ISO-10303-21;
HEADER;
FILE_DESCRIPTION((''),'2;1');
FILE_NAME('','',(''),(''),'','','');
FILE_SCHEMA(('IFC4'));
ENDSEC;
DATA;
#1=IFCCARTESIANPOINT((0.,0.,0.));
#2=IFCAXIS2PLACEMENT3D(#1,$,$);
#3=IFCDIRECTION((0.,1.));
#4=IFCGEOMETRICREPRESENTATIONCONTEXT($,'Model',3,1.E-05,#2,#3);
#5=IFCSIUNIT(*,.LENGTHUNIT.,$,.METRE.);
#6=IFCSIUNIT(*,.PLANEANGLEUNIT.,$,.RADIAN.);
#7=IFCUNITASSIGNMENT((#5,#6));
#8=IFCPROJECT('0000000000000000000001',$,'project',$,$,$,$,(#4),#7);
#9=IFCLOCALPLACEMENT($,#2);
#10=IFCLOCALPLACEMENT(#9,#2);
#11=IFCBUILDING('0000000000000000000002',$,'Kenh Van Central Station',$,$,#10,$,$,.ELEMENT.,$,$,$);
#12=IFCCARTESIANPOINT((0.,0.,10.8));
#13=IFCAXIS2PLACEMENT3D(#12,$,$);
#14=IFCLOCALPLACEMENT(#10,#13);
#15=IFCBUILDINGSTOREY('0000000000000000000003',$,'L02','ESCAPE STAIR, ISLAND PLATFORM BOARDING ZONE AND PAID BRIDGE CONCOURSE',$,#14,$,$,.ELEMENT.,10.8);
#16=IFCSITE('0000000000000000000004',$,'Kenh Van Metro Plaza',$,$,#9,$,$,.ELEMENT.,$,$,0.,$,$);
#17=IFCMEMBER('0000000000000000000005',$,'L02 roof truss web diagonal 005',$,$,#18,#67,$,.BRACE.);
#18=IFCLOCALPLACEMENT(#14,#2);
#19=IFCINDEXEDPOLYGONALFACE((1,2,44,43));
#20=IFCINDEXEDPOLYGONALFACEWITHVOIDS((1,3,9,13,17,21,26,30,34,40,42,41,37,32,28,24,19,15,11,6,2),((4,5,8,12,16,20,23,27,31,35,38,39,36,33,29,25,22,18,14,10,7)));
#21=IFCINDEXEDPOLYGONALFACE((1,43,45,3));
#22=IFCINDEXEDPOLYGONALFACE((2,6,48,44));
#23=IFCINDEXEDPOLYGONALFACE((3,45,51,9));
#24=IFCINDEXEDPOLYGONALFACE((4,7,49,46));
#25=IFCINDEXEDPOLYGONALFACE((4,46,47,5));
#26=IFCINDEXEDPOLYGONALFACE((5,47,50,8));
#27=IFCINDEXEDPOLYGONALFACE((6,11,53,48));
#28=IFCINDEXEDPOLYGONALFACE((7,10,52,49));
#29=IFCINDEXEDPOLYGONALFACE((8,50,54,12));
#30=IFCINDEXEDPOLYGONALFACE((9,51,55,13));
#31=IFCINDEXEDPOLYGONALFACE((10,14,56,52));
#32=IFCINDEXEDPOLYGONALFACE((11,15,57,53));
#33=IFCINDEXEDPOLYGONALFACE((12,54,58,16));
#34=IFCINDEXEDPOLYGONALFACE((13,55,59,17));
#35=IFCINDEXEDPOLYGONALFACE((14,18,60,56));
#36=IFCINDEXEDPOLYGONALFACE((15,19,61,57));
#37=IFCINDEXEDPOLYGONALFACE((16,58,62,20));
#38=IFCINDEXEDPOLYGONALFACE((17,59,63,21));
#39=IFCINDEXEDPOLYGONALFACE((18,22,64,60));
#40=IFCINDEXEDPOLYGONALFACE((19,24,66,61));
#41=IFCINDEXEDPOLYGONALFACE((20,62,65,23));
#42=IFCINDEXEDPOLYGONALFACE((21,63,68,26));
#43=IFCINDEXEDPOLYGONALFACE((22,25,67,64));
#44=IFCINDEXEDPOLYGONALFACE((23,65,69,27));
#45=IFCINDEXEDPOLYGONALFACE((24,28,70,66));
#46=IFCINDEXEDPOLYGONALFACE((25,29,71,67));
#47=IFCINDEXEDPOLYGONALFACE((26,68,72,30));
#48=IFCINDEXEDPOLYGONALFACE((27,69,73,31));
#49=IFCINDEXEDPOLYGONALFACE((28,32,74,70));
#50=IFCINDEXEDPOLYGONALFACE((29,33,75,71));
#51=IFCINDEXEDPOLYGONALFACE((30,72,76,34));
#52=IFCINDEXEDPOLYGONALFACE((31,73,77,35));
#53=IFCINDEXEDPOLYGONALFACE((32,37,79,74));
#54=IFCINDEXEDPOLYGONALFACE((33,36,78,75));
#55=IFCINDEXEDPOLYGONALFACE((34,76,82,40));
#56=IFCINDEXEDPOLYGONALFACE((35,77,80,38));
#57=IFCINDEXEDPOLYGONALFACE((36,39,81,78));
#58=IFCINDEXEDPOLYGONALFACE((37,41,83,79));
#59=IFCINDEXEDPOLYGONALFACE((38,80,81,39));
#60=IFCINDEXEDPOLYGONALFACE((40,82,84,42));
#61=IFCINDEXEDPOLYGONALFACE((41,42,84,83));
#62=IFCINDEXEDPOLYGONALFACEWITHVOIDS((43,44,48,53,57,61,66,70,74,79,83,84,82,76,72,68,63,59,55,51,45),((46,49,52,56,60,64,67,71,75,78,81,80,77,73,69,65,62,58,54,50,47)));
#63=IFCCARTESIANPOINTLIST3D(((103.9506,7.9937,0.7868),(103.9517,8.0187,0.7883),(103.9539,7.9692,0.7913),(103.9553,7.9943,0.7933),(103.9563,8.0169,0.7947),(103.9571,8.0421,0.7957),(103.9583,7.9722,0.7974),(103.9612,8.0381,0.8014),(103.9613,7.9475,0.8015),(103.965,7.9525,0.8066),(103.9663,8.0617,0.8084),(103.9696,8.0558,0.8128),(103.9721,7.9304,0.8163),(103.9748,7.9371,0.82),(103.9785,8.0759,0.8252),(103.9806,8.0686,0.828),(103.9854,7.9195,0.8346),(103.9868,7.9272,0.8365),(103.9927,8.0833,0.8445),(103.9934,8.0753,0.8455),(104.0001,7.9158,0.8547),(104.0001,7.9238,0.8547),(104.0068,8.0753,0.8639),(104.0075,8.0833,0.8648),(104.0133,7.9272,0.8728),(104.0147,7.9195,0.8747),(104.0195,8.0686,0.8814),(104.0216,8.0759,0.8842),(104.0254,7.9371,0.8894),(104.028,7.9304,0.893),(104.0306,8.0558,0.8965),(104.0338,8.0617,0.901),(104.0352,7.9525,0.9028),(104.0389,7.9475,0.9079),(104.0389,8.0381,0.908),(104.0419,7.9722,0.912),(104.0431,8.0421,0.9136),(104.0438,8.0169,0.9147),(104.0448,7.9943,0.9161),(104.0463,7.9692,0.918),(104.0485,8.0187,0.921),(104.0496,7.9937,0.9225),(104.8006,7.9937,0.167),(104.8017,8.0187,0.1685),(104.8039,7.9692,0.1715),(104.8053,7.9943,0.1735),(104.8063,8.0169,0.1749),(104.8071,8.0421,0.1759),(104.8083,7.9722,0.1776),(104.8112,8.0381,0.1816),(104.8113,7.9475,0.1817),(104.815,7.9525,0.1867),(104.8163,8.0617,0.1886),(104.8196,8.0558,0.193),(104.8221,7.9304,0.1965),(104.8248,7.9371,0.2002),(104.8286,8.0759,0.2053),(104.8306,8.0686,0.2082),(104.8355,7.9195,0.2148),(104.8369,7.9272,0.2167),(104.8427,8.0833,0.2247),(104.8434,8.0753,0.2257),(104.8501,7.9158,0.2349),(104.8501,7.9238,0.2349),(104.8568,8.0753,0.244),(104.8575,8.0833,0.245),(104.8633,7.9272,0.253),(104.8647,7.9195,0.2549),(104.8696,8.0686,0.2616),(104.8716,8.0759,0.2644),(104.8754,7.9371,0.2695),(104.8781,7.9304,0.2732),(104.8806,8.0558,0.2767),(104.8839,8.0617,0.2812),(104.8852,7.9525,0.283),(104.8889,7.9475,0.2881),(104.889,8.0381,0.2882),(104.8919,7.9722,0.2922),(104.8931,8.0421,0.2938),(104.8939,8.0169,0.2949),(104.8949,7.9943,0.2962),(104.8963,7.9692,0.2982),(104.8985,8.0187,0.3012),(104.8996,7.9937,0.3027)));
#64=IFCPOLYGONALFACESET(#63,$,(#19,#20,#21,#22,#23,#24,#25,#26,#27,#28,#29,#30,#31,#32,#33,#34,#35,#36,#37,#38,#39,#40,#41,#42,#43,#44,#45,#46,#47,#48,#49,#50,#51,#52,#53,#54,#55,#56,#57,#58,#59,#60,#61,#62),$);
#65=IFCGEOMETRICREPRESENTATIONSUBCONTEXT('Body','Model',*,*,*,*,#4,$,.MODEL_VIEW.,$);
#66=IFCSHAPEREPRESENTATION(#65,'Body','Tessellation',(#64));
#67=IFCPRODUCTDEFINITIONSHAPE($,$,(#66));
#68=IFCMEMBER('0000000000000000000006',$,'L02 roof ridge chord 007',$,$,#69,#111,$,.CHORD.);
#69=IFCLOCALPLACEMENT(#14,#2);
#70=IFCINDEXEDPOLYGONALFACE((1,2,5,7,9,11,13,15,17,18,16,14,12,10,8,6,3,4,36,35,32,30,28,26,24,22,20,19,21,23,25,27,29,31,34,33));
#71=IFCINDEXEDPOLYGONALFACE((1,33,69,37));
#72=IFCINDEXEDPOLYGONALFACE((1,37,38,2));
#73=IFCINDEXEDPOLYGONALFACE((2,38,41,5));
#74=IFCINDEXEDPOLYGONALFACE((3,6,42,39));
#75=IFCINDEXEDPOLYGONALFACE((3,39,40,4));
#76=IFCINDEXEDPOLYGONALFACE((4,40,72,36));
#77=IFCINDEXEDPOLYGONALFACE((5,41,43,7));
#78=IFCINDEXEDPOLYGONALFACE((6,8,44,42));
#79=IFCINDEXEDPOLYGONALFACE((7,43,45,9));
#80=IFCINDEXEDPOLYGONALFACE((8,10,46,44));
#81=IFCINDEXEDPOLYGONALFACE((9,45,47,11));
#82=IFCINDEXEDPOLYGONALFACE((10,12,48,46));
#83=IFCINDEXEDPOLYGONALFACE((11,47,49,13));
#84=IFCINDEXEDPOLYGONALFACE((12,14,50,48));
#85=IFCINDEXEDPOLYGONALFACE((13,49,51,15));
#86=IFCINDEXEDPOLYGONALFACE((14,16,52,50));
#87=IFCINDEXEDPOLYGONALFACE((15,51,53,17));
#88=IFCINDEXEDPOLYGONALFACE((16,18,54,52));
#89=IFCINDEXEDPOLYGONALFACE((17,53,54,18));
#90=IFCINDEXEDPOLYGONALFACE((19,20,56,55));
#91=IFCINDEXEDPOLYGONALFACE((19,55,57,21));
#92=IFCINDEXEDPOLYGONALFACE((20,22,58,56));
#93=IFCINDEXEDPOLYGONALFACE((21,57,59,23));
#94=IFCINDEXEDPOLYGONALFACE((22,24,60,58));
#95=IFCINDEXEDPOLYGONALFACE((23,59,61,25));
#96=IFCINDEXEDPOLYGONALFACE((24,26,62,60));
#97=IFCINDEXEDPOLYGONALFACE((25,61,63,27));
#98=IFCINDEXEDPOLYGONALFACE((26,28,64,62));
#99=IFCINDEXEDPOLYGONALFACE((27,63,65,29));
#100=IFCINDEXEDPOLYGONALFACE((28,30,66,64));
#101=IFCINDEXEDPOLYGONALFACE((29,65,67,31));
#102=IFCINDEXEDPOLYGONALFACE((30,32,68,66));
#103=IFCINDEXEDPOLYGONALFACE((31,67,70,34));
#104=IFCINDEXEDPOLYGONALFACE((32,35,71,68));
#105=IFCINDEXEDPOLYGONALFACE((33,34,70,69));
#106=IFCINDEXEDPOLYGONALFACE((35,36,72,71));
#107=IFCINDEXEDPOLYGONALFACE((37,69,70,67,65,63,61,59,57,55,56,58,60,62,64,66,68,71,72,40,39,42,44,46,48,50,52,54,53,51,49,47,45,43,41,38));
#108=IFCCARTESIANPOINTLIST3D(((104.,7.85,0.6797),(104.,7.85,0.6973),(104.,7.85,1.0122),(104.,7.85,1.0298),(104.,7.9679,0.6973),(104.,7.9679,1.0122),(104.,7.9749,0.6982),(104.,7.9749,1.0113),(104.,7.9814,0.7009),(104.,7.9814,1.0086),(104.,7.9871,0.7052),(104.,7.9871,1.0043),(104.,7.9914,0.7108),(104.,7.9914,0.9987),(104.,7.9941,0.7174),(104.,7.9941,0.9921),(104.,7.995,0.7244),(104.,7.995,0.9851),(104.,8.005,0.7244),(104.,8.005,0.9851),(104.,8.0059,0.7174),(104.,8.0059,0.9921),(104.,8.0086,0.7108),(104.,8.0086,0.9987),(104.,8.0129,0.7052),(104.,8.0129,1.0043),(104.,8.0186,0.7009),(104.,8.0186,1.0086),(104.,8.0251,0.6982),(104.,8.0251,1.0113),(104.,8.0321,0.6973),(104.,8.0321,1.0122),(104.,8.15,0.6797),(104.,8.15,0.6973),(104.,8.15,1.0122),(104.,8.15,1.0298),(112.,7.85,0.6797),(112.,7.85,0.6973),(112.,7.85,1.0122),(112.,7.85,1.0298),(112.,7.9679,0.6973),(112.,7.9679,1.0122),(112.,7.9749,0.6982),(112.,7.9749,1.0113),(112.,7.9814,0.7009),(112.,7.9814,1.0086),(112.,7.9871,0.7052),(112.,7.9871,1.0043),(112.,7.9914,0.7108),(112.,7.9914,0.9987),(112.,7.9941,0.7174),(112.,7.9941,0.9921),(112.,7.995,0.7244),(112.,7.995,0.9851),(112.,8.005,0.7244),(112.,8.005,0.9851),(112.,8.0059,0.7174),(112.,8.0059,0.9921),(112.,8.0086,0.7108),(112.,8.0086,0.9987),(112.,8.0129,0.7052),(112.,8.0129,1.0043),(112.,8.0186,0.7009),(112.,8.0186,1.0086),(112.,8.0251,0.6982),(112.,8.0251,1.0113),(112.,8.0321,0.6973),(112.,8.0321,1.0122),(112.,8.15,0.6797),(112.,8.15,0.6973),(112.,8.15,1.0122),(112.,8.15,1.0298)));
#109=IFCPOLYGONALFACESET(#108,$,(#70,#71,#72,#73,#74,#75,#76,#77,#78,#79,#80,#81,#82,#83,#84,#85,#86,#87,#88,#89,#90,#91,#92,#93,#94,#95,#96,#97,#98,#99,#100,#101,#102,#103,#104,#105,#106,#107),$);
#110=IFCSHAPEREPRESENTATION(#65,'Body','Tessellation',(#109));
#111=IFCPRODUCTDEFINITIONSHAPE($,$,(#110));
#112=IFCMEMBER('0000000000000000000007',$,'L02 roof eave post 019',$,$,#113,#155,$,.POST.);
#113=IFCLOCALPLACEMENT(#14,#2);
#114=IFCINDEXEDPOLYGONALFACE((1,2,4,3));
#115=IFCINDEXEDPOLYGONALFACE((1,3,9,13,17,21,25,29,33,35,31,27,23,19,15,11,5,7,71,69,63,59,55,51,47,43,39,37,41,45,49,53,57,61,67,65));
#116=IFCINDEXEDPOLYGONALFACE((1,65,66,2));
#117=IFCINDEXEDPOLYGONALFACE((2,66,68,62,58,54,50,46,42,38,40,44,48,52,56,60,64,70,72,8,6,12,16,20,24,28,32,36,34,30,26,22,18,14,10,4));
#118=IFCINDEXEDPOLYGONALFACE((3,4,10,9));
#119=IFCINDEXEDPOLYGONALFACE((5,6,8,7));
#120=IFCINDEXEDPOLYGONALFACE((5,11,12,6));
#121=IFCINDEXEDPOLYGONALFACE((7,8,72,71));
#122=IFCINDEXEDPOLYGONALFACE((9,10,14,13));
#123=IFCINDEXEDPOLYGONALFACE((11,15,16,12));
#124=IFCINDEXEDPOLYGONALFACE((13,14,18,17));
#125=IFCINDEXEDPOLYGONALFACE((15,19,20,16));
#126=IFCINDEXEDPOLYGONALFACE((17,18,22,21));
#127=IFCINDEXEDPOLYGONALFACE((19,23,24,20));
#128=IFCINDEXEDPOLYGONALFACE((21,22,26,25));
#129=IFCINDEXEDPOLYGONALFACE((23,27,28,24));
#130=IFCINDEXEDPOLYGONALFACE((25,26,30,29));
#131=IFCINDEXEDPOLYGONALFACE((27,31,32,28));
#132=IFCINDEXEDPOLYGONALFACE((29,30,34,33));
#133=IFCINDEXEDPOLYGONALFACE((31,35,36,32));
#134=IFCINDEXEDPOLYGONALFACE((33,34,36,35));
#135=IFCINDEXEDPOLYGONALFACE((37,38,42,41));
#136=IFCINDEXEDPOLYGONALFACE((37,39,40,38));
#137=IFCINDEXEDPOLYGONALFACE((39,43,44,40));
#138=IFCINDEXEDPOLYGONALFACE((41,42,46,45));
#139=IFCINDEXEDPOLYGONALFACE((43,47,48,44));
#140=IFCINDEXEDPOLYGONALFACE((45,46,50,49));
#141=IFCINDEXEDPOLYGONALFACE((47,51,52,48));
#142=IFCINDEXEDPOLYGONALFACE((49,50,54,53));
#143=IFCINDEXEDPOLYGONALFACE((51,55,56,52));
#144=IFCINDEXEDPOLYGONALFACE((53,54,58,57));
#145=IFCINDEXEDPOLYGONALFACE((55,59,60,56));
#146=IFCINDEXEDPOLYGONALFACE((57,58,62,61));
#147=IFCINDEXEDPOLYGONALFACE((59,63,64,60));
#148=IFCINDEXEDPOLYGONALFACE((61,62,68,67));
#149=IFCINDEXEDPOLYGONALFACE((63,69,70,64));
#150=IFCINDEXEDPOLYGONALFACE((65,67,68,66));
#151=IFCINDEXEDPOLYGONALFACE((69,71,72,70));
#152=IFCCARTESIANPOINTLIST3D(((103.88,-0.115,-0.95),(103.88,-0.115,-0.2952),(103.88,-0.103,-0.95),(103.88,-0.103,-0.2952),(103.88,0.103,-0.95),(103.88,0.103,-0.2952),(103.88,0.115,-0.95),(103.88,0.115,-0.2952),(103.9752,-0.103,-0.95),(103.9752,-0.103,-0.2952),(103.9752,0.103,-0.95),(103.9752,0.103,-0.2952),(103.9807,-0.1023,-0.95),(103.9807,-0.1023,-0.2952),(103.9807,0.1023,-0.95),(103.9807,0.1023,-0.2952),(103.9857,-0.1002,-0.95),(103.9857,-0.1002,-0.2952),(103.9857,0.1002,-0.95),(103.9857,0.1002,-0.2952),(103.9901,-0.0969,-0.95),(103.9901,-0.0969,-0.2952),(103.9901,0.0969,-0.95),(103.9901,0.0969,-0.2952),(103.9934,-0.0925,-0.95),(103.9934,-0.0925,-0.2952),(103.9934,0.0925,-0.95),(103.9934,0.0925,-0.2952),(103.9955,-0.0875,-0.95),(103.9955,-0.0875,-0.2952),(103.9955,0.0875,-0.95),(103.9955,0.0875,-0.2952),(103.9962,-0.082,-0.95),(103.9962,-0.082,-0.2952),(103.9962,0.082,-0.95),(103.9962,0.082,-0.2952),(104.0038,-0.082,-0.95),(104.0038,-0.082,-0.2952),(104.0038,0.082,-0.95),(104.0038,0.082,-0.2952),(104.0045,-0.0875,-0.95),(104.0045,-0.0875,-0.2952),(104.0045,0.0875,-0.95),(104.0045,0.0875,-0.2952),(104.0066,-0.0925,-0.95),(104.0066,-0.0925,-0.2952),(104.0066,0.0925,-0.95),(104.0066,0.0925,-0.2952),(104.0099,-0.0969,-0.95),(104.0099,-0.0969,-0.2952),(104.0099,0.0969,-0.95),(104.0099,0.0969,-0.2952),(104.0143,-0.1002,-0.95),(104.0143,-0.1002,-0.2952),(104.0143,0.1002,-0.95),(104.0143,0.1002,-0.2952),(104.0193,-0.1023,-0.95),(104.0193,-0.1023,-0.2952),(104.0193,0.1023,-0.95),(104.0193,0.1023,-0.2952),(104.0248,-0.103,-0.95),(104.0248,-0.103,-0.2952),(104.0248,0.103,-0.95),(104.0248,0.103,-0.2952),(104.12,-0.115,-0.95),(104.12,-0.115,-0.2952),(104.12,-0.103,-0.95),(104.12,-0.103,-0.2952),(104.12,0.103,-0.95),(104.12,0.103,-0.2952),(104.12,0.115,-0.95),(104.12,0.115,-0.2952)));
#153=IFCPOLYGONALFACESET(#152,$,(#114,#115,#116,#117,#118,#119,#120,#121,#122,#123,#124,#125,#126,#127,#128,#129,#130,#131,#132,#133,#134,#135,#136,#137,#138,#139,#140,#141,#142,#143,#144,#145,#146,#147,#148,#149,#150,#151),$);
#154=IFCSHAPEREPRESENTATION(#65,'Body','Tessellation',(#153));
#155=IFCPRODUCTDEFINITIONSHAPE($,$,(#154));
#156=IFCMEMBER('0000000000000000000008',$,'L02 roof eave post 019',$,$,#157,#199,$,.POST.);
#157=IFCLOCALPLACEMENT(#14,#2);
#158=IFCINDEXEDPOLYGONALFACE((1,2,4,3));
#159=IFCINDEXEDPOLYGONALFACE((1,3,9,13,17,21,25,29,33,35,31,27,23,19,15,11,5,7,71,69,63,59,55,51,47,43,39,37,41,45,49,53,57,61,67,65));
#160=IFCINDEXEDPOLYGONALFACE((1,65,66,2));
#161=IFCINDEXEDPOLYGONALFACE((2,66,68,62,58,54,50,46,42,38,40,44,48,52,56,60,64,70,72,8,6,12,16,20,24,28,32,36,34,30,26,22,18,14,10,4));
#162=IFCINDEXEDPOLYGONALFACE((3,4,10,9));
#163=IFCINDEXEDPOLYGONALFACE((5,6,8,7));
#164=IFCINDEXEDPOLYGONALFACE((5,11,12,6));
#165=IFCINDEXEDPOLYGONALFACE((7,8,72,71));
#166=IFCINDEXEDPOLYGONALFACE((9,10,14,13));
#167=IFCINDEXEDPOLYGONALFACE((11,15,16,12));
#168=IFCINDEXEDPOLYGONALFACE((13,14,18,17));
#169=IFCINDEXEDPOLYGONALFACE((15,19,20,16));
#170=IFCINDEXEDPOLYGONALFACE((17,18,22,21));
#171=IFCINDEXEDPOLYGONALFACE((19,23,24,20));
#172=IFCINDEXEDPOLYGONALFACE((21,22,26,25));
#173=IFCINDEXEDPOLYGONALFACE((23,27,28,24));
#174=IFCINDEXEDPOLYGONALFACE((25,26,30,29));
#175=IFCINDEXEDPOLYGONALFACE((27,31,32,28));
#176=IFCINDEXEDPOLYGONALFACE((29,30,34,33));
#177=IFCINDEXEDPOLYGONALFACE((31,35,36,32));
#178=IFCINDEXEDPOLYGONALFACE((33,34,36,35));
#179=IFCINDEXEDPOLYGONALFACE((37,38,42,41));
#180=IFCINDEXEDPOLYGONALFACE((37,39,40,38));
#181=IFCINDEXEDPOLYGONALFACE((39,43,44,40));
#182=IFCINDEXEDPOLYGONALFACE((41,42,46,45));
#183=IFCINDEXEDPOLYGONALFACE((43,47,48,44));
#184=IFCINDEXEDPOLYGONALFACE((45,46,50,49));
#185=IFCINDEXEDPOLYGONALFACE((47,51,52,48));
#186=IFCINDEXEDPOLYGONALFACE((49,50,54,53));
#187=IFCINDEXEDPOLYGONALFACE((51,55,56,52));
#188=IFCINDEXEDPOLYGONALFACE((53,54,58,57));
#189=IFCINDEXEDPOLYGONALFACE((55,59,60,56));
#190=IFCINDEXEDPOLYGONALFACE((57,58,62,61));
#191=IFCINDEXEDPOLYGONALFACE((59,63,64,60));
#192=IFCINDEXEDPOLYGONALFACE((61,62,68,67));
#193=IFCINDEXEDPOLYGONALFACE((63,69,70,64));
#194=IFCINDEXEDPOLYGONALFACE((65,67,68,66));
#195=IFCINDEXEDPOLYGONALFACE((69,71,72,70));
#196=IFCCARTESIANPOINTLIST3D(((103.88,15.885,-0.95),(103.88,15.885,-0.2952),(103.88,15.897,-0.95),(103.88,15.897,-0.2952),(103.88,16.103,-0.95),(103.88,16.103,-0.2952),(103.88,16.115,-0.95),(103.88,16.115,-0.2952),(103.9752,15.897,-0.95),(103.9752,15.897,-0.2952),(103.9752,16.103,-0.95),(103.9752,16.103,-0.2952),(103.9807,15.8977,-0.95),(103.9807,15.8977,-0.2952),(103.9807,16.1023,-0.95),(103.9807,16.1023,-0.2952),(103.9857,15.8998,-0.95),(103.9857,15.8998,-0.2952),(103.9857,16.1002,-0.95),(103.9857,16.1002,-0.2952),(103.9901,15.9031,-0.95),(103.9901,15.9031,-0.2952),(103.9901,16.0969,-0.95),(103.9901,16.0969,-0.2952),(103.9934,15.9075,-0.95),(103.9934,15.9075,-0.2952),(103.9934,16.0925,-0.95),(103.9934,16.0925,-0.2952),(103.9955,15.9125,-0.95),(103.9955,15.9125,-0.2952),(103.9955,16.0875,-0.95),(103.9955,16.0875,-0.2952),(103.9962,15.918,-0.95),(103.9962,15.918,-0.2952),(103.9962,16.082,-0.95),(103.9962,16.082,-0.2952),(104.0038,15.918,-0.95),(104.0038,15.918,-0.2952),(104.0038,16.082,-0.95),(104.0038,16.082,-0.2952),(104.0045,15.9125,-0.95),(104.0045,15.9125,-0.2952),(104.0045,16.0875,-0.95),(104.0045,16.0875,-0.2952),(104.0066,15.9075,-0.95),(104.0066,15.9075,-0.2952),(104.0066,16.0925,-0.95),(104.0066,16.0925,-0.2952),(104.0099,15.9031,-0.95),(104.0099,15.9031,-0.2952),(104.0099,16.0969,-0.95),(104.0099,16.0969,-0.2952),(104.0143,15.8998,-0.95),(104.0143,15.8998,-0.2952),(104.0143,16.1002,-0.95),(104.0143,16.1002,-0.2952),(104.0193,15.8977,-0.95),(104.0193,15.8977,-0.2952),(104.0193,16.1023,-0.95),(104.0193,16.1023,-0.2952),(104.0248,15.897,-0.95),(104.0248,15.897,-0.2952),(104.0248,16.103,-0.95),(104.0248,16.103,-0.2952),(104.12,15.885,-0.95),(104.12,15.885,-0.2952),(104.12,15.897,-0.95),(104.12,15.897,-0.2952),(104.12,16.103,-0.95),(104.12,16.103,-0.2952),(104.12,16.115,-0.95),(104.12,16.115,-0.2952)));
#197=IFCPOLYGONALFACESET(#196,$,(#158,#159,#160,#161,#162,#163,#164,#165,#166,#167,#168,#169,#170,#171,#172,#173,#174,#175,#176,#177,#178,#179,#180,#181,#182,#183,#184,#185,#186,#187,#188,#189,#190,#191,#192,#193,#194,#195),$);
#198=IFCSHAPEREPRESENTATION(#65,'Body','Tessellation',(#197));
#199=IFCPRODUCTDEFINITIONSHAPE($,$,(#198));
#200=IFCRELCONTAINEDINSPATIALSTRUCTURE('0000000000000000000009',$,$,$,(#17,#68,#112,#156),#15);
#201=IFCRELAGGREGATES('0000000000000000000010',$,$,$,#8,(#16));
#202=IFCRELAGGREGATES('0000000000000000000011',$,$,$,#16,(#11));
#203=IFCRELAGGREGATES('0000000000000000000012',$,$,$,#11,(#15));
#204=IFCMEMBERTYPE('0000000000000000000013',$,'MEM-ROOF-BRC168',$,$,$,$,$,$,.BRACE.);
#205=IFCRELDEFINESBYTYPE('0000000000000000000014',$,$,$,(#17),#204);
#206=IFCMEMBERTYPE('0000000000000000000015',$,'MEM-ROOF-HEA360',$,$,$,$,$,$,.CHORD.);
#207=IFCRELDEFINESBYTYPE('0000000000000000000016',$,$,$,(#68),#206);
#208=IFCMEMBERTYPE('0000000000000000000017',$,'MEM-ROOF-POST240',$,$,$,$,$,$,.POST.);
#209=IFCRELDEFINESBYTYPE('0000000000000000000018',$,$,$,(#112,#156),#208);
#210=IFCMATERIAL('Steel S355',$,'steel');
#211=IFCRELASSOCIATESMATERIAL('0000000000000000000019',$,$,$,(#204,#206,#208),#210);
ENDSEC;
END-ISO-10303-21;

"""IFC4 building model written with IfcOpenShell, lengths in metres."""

from ifc_helpers import new_model, si_unit, direction, frame, origin, origin_2d, place, context, subcontext, project, spatial, hollow_circle, i_section, extrude, material, material_profile, profile_set, type_object, element, save


model = new_model("IFC4")

# Units and contexts
model_context = context("Model", 3, precision=1e-05, world=origin(), true_north=direction((0.0, 1.0)))
body_context = subcontext(model_context, "Body", "Model", "MODEL_VIEW")
ifc_project = project(units=[si_unit("LENGTHUNIT", "METRE"), si_unit("PLANEANGLEUNIT", "RADIAN")], contexts=[model_context])

# Site, building, storey
site_placement = place(None, origin())
site = spatial("IfcSite", under=ifc_project, at=site_placement, Name="Kenh Van Metro Plaza", CompositionType="ELEMENT", RefElevation=0.0)
building_placement = place(site_placement, origin())
building = spatial("IfcBuilding", under=site, at=building_placement, Name="Kenh Van Central Station", CompositionType="ELEMENT")
storey_placement = place(building_placement, frame((0.0, 0.0, 10.8)))
storey = spatial("IfcBuildingStorey", under=building, at=storey_placement, Name="L02", Description="ESCAPE STAIR, ISLAND PLATFORM BOARDING ZONE AND PAID BRIDGE CONCOURSE", CompositionType="ELEMENT", Elevation=10.8)

# Shared definitions
ifc_material_1 = material(Name="Steel S355", Category="steel")

# Members
ifc_material_profile_1 = material_profile(ifc_material_1, hollow_circle(Radius=0.0842, WallThickness=0.0081, at=origin_2d()), Name="CHS 168.3x8")
ifc_profile_set_1 = profile_set([ifc_material_profile_1], Name="Steel S355")
member_type_1 = type_object("IfcMemberType", Name="MEM-ROOF-BRC168", PredefinedType="BRACE", material=ifc_profile_set_1)
member_1_placement = place(storey_placement, frame((104.8501, 8.0, 0.2349), z_axis=(-0.808003, 0.0, 0.589178), x_axis=(0.0, -1.0, 0.0)))
element("IfcMember", 1, at=member_1_placement, inside=storey, type_object=member_type_1, Name="L02 roof truss web diagonal 005", PredefinedType="BRACE", context=body_context, shape_type="SweptSolid", body=[
    extrude(hollow_circle(Radius=0.0842, WallThickness=0.0081, at=origin_2d()), origin(), (0.0, 0.0, 1.0), 1.052),
])
ifc_material_profile_2 = material_profile(ifc_material_1, i_section(OverallWidth=0.3, OverallDepth=0.3501, WebThickness=0.01, FlangeThickness=0.0176, FilletRadius=0.0271, at=origin_2d()), Name="HEA 360")
ifc_profile_set_2 = profile_set([ifc_material_profile_2], Name="Steel S355")
member_type_2 = type_object("IfcMemberType", Name="MEM-ROOF-HEA360", PredefinedType="CHORD", material=ifc_profile_set_2)
member_2_placement = place(storey_placement, frame((104.0, 8.0, 0.8547), z_axis=(1.0, 0.0, 0.0), x_axis=(0.0, 1.0, 0.0)))
element("IfcMember", 2, at=member_2_placement, inside=storey, type_object=member_type_2, Name="L02 roof ridge chord 007", PredefinedType="CHORD", context=body_context, shape_type="SweptSolid", body=[
    extrude(i_section(OverallWidth=0.3, OverallDepth=0.3501, WebThickness=0.01, FlangeThickness=0.0176, FilletRadius=0.0271, at=origin_2d()), origin(), (0.0, 0.0, 1.0), 8.0),
])
ifc_material_profile_3 = material_profile(ifc_material_1, i_section(OverallWidth=0.24, OverallDepth=0.23, WebThickness=0.0076, FlangeThickness=0.012, FilletRadius=0.021, at=origin_2d()), Name="HEA 240")
ifc_profile_set_3 = profile_set([ifc_material_profile_3], Name="Steel S355")
member_type_3 = type_object("IfcMemberType", Name="MEM-ROOF-POST240", PredefinedType="POST", material=ifc_profile_set_3)
for number, where, z_axis, x_axis, name in (
    (3, (104.0, 0.0, -0.95), (0.0, 0.0, 1.0), (1.0, 0.0, 0.0), "L02 roof eave post 019"),
    (4, (104.0, 16.0, -0.95), (0.0, 0.0, 1.0), (1.0, 0.0, 0.0), "L02 roof eave post 019"),
):
    element("IfcMember", number, at=place(storey_placement, frame(where, z_axis=z_axis, x_axis=x_axis)), inside=storey, type_object=member_type_3, Name=name, PredefinedType="POST", context=body_context, shape_type="SweptSolid", body=[
        extrude(i_section(OverallWidth=0.24, OverallDepth=0.23, WebThickness=0.0076, FlangeThickness=0.012, FilletRadius=0.021, at=origin_2d()), origin(), (0.0, 0.0, 1.0), 0.6548),
    ])

save(model, "model.ifc")
